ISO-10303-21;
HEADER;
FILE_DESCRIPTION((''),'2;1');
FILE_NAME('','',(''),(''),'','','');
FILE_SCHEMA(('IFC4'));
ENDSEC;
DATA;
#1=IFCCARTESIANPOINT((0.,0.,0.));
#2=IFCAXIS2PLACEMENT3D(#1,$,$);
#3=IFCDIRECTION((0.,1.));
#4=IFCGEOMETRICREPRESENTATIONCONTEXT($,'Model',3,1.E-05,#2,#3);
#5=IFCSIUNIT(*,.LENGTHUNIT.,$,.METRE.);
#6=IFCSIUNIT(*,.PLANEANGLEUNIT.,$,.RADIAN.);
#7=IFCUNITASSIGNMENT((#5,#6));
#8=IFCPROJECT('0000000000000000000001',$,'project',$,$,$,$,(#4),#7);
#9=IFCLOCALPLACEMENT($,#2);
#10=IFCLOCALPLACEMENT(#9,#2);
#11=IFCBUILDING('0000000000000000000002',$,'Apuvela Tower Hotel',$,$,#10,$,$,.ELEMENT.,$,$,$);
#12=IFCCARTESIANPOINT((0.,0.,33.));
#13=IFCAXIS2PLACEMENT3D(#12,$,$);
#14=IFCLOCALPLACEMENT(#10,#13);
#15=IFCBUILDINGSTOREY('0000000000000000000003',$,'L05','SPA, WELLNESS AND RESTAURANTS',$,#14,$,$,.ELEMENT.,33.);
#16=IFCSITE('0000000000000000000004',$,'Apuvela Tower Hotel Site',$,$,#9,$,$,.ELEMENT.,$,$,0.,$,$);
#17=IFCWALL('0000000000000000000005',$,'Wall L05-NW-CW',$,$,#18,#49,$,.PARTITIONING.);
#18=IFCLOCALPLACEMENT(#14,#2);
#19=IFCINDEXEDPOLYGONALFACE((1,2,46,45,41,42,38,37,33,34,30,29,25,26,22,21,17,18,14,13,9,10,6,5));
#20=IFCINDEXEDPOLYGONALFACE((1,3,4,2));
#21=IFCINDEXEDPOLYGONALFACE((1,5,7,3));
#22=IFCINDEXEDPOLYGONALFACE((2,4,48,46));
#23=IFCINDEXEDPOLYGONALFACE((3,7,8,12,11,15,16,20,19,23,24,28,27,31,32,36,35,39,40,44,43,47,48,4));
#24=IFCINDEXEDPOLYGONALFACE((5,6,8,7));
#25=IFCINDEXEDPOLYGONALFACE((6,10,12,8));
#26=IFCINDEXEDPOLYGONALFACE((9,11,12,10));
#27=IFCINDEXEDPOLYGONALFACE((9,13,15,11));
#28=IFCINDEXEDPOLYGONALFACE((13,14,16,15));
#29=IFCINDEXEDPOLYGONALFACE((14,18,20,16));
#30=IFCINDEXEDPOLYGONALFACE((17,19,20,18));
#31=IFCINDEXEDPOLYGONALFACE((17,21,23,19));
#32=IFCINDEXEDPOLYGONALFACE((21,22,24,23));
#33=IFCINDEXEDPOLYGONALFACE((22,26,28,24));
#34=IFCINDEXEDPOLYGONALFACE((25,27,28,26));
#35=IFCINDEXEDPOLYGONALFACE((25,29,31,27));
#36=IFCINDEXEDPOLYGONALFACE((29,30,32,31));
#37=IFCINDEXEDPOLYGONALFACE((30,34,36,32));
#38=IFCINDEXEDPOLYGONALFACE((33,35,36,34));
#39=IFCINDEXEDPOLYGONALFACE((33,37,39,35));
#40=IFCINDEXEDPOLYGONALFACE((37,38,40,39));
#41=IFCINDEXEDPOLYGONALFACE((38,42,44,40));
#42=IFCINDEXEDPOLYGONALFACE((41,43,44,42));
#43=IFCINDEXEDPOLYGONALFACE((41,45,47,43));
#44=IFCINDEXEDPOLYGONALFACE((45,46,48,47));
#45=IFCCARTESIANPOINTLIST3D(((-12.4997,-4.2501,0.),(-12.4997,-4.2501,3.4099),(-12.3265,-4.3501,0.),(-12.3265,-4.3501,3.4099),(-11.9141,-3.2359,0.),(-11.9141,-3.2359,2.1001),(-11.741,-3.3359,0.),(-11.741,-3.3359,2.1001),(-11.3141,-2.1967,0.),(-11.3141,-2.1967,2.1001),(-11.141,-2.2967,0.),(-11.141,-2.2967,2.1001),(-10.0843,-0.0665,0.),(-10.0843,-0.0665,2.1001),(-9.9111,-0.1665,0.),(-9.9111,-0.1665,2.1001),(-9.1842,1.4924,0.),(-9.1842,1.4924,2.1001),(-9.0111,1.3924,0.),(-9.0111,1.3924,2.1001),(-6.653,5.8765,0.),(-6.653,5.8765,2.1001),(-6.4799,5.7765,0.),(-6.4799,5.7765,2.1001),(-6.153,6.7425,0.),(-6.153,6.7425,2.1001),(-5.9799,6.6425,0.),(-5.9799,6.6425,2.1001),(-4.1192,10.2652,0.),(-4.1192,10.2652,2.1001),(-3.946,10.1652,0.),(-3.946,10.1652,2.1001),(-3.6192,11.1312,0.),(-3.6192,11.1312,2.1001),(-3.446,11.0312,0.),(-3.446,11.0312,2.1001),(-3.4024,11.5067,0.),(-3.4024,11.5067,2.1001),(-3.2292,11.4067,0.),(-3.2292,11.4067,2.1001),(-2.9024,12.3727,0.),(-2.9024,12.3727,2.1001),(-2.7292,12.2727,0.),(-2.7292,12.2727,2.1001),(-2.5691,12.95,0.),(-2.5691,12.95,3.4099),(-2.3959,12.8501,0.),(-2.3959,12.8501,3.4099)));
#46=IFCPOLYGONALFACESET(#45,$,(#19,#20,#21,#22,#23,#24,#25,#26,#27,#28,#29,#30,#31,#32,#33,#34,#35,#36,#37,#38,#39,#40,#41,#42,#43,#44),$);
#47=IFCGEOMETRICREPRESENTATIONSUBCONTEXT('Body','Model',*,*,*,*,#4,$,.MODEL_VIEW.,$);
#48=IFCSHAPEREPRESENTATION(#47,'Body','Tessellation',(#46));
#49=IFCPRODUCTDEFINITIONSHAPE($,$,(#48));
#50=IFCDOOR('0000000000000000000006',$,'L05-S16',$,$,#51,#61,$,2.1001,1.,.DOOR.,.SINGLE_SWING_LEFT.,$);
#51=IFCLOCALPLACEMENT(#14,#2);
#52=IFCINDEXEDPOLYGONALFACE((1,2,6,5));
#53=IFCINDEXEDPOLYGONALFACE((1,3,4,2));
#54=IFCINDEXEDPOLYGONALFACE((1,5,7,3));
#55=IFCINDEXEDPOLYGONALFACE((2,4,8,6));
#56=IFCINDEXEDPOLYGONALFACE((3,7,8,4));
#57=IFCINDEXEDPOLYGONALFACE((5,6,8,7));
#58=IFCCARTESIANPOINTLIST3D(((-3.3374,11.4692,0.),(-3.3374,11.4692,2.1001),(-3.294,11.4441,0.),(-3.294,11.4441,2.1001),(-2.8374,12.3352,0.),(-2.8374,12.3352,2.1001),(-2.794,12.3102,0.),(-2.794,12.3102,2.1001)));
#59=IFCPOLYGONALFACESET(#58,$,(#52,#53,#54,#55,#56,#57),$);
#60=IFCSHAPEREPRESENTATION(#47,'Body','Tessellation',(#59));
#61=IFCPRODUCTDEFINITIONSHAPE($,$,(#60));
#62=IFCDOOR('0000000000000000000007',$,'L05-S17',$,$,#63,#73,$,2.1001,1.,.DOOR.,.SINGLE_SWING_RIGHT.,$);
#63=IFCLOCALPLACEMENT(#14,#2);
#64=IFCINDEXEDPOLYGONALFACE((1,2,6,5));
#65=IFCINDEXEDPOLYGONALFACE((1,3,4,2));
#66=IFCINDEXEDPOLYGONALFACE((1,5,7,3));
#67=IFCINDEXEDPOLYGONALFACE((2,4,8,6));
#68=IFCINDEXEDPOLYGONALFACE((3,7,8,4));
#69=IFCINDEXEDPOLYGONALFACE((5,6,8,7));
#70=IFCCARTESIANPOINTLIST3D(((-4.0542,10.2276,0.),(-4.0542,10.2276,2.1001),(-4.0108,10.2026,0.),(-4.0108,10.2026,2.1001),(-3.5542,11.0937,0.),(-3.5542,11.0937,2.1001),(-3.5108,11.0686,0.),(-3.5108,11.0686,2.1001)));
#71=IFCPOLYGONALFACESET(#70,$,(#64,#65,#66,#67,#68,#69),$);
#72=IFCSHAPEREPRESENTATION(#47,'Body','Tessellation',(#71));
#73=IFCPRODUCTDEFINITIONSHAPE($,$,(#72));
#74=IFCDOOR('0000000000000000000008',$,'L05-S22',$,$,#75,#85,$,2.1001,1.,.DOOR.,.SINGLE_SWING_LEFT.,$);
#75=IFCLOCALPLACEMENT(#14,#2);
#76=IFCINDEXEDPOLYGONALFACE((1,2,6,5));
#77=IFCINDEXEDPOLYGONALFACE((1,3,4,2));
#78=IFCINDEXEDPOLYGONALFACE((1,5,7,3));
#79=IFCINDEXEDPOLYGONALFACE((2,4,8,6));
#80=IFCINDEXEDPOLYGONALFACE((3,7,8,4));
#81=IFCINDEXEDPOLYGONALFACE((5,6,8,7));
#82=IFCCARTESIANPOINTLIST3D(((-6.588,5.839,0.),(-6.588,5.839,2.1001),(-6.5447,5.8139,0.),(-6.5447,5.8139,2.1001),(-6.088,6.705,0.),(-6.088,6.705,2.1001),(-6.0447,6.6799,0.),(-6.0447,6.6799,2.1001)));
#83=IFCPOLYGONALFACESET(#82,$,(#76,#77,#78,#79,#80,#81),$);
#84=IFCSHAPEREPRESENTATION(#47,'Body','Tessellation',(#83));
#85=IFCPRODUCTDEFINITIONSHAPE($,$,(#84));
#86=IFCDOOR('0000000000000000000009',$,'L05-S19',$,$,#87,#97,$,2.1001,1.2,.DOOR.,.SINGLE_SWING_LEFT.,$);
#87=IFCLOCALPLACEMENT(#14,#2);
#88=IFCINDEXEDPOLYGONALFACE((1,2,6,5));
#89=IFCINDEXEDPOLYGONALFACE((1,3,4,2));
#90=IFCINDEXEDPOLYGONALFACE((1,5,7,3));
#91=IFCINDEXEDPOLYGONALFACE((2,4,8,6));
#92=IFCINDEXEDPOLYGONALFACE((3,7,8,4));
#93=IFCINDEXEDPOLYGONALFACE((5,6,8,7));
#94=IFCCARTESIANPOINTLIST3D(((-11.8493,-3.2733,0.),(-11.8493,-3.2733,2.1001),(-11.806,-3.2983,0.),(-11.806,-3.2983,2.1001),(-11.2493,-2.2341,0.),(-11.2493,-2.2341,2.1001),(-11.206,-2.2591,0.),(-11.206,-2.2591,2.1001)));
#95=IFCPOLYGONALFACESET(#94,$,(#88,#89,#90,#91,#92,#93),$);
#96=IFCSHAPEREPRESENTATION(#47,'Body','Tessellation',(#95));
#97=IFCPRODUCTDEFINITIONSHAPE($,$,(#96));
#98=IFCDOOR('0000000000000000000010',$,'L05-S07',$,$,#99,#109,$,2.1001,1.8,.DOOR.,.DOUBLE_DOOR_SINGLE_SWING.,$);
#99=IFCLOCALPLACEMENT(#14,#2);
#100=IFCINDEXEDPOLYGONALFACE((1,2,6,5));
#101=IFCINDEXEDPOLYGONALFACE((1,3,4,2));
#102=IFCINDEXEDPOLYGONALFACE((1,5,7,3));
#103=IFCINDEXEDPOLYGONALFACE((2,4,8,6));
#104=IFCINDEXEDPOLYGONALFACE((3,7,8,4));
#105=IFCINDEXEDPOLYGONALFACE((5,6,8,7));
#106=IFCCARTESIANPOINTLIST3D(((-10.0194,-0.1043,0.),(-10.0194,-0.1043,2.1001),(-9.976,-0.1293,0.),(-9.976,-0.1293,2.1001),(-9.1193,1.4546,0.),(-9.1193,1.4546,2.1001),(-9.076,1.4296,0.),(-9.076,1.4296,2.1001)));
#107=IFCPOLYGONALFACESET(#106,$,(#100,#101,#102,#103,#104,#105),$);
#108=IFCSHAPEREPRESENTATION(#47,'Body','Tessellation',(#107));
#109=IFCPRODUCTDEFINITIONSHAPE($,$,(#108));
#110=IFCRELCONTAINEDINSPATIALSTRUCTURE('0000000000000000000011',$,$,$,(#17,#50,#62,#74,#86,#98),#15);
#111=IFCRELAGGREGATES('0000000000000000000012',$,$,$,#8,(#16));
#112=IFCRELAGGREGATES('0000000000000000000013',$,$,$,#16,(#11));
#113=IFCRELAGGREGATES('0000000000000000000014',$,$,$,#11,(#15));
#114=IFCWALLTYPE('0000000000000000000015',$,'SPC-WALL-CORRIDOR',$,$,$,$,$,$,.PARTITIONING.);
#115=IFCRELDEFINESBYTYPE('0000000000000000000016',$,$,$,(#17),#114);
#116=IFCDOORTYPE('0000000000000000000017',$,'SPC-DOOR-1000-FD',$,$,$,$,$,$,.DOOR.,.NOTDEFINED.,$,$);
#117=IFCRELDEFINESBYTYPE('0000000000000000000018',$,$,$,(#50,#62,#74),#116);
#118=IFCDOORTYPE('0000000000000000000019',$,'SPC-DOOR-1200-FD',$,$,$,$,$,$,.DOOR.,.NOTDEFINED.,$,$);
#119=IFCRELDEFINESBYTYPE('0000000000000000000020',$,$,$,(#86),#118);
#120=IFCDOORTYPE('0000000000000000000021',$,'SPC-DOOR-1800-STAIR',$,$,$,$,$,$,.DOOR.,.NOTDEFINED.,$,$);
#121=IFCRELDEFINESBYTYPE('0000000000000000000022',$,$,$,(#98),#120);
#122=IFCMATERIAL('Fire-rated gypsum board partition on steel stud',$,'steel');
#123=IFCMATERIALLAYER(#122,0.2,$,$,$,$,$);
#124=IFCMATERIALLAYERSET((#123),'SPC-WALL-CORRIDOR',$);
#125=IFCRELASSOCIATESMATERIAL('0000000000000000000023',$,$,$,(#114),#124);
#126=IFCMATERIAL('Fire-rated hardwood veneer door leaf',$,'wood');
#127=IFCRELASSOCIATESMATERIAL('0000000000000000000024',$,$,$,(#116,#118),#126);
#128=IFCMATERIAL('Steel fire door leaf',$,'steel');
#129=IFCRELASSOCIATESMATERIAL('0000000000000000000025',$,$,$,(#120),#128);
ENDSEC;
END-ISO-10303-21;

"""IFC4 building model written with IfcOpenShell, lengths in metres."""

from ifc_helpers import new_model, si_unit, direction, frame, frame_2d, origin, place, context, subcontext, project, spatial, rectangle, extrude, material, layer, layer_set, type_object, element, fill, save


model = new_model("IFC4")

# Units and contexts
model_context = context("Model", 3, precision=1e-05, world=origin(), true_north=direction((0.0, 1.0)))
body_context = subcontext(model_context, "Body", "Model", "MODEL_VIEW")
ifc_project = project(units=[si_unit("LENGTHUNIT", "METRE"), si_unit("PLANEANGLEUNIT", "RADIAN")], contexts=[model_context])

# Site, building, storey
site_placement = place(None, origin())
site = spatial("IfcSite", under=ifc_project, at=site_placement, Name="Apuvela Tower Hotel Site", CompositionType="ELEMENT", RefElevation=0.0)
building_placement = place(site_placement, origin())
building = spatial("IfcBuilding", under=site, at=building_placement, Name="Apuvela Tower Hotel", CompositionType="ELEMENT")
storey_placement = place(building_placement, frame((0.0, 0.0, 33.0)))
storey = spatial("IfcBuildingStorey", under=building, at=storey_placement, Name="L05", Description="SPA, WELLNESS AND RESTAURANTS", CompositionType="ELEMENT", Elevation=33.0)

# Wall, openings, doors
ifc_material_1 = material(Name="Fire-rated gypsum board partition on steel stud", Category="steel")
ifc_layer_1 = layer(ifc_material_1, 0.2)
ifc_layer_set_1 = layer_set([ifc_layer_1], Name="SPC-WALL-CORRIDOR")
wall_type_1 = type_object("IfcWallType", Name="SPC-WALL-CORRIDOR", PredefinedType="PARTITIONING", material=ifc_layer_set_1)
wall_1_placement = place(storey_placement, frame((-2.4824, 12.9001, 0.0), z_axis=(0.0, 0.0, 1.0), x_axis=(-0.500005, -0.866023, 0.0)))
wall_1 = element("IfcWall", 1, at=wall_1_placement, inside=storey, type_object=wall_type_1, Name="Wall L05-NW-CW", PredefinedType="PARTITIONING", context=body_context, shape_type="SweptSolid", body=[
    extrude(rectangle(XDim=19.8611, YDim=0.2, at=frame_2d((9.9307, 0.0))), origin(), (0.0, 0.0, 1.0), 3.4099),
])
opening_1_placement = place(wall_1_placement, frame((13.2305, 0.0, 0.0)))
opening_1 = element("IfcOpeningElement", 2, at=opening_1_placement, cuts=wall_1, PredefinedType="OPENING", context=body_context, shape_type="SweptSolid", body=[
    extrude(rectangle(XDim=1.8, YDim=2.1001, at=frame_2d((0.8999, 1.05))), frame((0.0, 0.1099, 0.0), z_axis=(0.0, -1.0, 0.0), x_axis=(1.0, 0.0, 0.0)), (0.0, 0.0, 1.0), 0.22),
])
opening_2_placement = place(wall_1_placement, frame((0.6667, 0.0, 0.0)))
opening_2 = element("IfcOpeningElement", 3, at=opening_2_placement, cuts=wall_1, PredefinedType="OPENING", context=body_context, shape_type="SweptSolid", body=[
    extrude(rectangle(XDim=1.0, YDim=2.1001, at=frame_2d((0.5, 1.05))), frame((0.0, 0.1099, 0.0), z_axis=(0.0, -1.0, 0.0), x_axis=(1.0, 0.0, 0.0)), (0.0, 0.0, 1.0), 0.22),
])
opening_3_placement = place(wall_1_placement, frame((2.1003, 0.0, 0.0)))
opening_3 = element("IfcOpeningElement", 4, at=opening_3_placement, cuts=wall_1, PredefinedType="OPENING", context=body_context, shape_type="SweptSolid", body=[
    extrude(rectangle(XDim=1.0, YDim=2.1001, at=frame_2d((0.5, 1.05))), frame((0.0, 0.1099, 0.0), z_axis=(0.0, -1.0, 0.0), x_axis=(1.0, 0.0, 0.0)), (0.0, 0.0, 1.0), 0.22),
])
opening_4_placement = place(wall_1_placement, frame((17.49, 0.0, 0.0)))
opening_4 = element("IfcOpeningElement", 5, at=opening_4_placement, cuts=wall_1, PredefinedType="OPENING", context=body_context, shape_type="SweptSolid", body=[
    extrude(rectangle(XDim=1.2, YDim=2.1001, at=frame_2d((0.6001, 1.05))), frame((0.0, 0.1099, 0.0), z_axis=(0.0, -1.0, 0.0), x_axis=(1.0, 0.0, 0.0)), (0.0, 0.0, 1.0), 0.22),
])
opening_5_placement = place(wall_1_placement, frame((7.168, 0.0, 0.0)))
opening_5 = element("IfcOpeningElement", 6, at=opening_5_placement, cuts=wall_1, PredefinedType="OPENING", context=body_context, shape_type="SweptSolid", body=[
    extrude(rectangle(XDim=1.0, YDim=2.1001, at=frame_2d((0.5, 1.05))), frame((0.0, 0.1099, 0.0), z_axis=(0.0, -1.0, 0.0), x_axis=(1.0, 0.0, 0.0)), (0.0, 0.0, 1.0), 0.22),
])
ifc_material_2 = material(Name="Fire-rated hardwood veneer door leaf", Category="wood")
door_type_1 = type_object("IfcDoorType", Name="SPC-DOOR-1000-FD", OperationType="NOTDEFINED", PredefinedType="DOOR", material=ifc_material_2)
door_1_placement = place(opening_2_placement, frame((1.0, 0.0, 0.0), z_axis=(0.0, 0.0, 1.0), x_axis=(-1.0, 0.0, 0.0)))
door_1 = element("IfcDoor", 7, at=door_1_placement, inside=storey, type_object=door_type_1, Name="L05-S16", OperationType="SINGLE_SWING_LEFT", OverallHeight=2.1001, OverallWidth=1.0, PredefinedType="DOOR", context=body_context, shape_type="SweptSolid", body=[
    extrude(rectangle(XDim=1.0, YDim=2.1001, at=frame_2d((0.5, 1.05))), frame((0.0, 0.0249, 0.0), z_axis=(0.0, -1.0, 0.0), x_axis=(1.0, 0.0, 0.0)), (0.0, 0.0, 1.0), 0.05),
])
fill(opening_2, door_1)
door_2_placement = place(opening_3_placement, frame((1.0, 0.0, 0.0), z_axis=(0.0, 0.0, 1.0), x_axis=(-1.0, 0.0, 0.0)))
door_2 = element("IfcDoor", 8, at=door_2_placement, inside=storey, type_object=door_type_1, Name="L05-S17", OperationType="SINGLE_SWING_RIGHT", OverallHeight=2.1001, OverallWidth=1.0, PredefinedType="DOOR", context=body_context, shape_type="SweptSolid", body=[
    extrude(rectangle(XDim=1.0, YDim=2.1001, at=frame_2d((0.5, 1.05))), frame((0.0, 0.0249, 0.0), z_axis=(0.0, -1.0, 0.0), x_axis=(1.0, 0.0, 0.0)), (0.0, 0.0, 1.0), 0.05),
])
fill(opening_3, door_2)
door_3_placement = place(opening_5_placement, frame((1.0, 0.0, 0.0), z_axis=(0.0, 0.0, 1.0), x_axis=(-1.0, 0.0, 0.0)))
door_3 = element("IfcDoor", 9, at=door_3_placement, inside=storey, type_object=door_type_1, Name="L05-S22", OperationType="SINGLE_SWING_LEFT", OverallHeight=2.1001, OverallWidth=1.0, PredefinedType="DOOR", context=body_context, shape_type="SweptSolid", body=[
    extrude(rectangle(XDim=1.0, YDim=2.1001, at=frame_2d((0.5, 1.05))), frame((0.0, 0.0249, 0.0), z_axis=(0.0, -1.0, 0.0), x_axis=(1.0, 0.0, 0.0)), (0.0, 0.0, 1.0), 0.05),
])
fill(opening_5, door_3)
door_type_2 = type_object("IfcDoorType", Name="SPC-DOOR-1200-FD", OperationType="NOTDEFINED", PredefinedType="DOOR", material=ifc_material_2)
door_4_placement = place(opening_4_placement, origin())
door_4 = element("IfcDoor", 10, at=door_4_placement, inside=storey, type_object=door_type_2, Name="L05-S19", OperationType="SINGLE_SWING_LEFT", OverallHeight=2.1001, OverallWidth=1.2, PredefinedType="DOOR", context=body_context, shape_type="SweptSolid", body=[
    extrude(rectangle(XDim=1.2, YDim=2.1001, at=frame_2d((0.6001, 1.05))), frame((0.0, 0.0249, 0.0), z_axis=(0.0, -1.0, 0.0), x_axis=(1.0, 0.0, 0.0)), (0.0, 0.0, 1.0), 0.05),
])
fill(opening_4, door_4)
ifc_material_3 = material(Name="Steel fire door leaf", Category="steel")
door_type_3 = type_object("IfcDoorType", Name="SPC-DOOR-1800-STAIR", OperationType="NOTDEFINED", PredefinedType="DOOR", material=ifc_material_3)
door_5_placement = place(opening_1_placement, frame((1.8, 0.0, 0.0), z_axis=(0.0, 0.0, 1.0), x_axis=(-1.0, 0.0, 0.0)))
door_5 = element("IfcDoor", 11, at=door_5_placement, inside=storey, type_object=door_type_3, Name="L05-S07", OperationType="DOUBLE_DOOR_SINGLE_SWING", OverallHeight=2.1001, OverallWidth=1.8, PredefinedType="DOOR", context=body_context, shape_type="SweptSolid", body=[
    extrude(rectangle(XDim=1.8, YDim=2.1001, at=frame_2d((0.8999, 1.05))), frame((0.0, 0.0249, 0.0), z_axis=(0.0, -1.0, 0.0), x_axis=(1.0, 0.0, 0.0)), (0.0, 0.0, 1.0), 0.05),
])
fill(opening_1, door_5)

save(model, "model.ifc")
